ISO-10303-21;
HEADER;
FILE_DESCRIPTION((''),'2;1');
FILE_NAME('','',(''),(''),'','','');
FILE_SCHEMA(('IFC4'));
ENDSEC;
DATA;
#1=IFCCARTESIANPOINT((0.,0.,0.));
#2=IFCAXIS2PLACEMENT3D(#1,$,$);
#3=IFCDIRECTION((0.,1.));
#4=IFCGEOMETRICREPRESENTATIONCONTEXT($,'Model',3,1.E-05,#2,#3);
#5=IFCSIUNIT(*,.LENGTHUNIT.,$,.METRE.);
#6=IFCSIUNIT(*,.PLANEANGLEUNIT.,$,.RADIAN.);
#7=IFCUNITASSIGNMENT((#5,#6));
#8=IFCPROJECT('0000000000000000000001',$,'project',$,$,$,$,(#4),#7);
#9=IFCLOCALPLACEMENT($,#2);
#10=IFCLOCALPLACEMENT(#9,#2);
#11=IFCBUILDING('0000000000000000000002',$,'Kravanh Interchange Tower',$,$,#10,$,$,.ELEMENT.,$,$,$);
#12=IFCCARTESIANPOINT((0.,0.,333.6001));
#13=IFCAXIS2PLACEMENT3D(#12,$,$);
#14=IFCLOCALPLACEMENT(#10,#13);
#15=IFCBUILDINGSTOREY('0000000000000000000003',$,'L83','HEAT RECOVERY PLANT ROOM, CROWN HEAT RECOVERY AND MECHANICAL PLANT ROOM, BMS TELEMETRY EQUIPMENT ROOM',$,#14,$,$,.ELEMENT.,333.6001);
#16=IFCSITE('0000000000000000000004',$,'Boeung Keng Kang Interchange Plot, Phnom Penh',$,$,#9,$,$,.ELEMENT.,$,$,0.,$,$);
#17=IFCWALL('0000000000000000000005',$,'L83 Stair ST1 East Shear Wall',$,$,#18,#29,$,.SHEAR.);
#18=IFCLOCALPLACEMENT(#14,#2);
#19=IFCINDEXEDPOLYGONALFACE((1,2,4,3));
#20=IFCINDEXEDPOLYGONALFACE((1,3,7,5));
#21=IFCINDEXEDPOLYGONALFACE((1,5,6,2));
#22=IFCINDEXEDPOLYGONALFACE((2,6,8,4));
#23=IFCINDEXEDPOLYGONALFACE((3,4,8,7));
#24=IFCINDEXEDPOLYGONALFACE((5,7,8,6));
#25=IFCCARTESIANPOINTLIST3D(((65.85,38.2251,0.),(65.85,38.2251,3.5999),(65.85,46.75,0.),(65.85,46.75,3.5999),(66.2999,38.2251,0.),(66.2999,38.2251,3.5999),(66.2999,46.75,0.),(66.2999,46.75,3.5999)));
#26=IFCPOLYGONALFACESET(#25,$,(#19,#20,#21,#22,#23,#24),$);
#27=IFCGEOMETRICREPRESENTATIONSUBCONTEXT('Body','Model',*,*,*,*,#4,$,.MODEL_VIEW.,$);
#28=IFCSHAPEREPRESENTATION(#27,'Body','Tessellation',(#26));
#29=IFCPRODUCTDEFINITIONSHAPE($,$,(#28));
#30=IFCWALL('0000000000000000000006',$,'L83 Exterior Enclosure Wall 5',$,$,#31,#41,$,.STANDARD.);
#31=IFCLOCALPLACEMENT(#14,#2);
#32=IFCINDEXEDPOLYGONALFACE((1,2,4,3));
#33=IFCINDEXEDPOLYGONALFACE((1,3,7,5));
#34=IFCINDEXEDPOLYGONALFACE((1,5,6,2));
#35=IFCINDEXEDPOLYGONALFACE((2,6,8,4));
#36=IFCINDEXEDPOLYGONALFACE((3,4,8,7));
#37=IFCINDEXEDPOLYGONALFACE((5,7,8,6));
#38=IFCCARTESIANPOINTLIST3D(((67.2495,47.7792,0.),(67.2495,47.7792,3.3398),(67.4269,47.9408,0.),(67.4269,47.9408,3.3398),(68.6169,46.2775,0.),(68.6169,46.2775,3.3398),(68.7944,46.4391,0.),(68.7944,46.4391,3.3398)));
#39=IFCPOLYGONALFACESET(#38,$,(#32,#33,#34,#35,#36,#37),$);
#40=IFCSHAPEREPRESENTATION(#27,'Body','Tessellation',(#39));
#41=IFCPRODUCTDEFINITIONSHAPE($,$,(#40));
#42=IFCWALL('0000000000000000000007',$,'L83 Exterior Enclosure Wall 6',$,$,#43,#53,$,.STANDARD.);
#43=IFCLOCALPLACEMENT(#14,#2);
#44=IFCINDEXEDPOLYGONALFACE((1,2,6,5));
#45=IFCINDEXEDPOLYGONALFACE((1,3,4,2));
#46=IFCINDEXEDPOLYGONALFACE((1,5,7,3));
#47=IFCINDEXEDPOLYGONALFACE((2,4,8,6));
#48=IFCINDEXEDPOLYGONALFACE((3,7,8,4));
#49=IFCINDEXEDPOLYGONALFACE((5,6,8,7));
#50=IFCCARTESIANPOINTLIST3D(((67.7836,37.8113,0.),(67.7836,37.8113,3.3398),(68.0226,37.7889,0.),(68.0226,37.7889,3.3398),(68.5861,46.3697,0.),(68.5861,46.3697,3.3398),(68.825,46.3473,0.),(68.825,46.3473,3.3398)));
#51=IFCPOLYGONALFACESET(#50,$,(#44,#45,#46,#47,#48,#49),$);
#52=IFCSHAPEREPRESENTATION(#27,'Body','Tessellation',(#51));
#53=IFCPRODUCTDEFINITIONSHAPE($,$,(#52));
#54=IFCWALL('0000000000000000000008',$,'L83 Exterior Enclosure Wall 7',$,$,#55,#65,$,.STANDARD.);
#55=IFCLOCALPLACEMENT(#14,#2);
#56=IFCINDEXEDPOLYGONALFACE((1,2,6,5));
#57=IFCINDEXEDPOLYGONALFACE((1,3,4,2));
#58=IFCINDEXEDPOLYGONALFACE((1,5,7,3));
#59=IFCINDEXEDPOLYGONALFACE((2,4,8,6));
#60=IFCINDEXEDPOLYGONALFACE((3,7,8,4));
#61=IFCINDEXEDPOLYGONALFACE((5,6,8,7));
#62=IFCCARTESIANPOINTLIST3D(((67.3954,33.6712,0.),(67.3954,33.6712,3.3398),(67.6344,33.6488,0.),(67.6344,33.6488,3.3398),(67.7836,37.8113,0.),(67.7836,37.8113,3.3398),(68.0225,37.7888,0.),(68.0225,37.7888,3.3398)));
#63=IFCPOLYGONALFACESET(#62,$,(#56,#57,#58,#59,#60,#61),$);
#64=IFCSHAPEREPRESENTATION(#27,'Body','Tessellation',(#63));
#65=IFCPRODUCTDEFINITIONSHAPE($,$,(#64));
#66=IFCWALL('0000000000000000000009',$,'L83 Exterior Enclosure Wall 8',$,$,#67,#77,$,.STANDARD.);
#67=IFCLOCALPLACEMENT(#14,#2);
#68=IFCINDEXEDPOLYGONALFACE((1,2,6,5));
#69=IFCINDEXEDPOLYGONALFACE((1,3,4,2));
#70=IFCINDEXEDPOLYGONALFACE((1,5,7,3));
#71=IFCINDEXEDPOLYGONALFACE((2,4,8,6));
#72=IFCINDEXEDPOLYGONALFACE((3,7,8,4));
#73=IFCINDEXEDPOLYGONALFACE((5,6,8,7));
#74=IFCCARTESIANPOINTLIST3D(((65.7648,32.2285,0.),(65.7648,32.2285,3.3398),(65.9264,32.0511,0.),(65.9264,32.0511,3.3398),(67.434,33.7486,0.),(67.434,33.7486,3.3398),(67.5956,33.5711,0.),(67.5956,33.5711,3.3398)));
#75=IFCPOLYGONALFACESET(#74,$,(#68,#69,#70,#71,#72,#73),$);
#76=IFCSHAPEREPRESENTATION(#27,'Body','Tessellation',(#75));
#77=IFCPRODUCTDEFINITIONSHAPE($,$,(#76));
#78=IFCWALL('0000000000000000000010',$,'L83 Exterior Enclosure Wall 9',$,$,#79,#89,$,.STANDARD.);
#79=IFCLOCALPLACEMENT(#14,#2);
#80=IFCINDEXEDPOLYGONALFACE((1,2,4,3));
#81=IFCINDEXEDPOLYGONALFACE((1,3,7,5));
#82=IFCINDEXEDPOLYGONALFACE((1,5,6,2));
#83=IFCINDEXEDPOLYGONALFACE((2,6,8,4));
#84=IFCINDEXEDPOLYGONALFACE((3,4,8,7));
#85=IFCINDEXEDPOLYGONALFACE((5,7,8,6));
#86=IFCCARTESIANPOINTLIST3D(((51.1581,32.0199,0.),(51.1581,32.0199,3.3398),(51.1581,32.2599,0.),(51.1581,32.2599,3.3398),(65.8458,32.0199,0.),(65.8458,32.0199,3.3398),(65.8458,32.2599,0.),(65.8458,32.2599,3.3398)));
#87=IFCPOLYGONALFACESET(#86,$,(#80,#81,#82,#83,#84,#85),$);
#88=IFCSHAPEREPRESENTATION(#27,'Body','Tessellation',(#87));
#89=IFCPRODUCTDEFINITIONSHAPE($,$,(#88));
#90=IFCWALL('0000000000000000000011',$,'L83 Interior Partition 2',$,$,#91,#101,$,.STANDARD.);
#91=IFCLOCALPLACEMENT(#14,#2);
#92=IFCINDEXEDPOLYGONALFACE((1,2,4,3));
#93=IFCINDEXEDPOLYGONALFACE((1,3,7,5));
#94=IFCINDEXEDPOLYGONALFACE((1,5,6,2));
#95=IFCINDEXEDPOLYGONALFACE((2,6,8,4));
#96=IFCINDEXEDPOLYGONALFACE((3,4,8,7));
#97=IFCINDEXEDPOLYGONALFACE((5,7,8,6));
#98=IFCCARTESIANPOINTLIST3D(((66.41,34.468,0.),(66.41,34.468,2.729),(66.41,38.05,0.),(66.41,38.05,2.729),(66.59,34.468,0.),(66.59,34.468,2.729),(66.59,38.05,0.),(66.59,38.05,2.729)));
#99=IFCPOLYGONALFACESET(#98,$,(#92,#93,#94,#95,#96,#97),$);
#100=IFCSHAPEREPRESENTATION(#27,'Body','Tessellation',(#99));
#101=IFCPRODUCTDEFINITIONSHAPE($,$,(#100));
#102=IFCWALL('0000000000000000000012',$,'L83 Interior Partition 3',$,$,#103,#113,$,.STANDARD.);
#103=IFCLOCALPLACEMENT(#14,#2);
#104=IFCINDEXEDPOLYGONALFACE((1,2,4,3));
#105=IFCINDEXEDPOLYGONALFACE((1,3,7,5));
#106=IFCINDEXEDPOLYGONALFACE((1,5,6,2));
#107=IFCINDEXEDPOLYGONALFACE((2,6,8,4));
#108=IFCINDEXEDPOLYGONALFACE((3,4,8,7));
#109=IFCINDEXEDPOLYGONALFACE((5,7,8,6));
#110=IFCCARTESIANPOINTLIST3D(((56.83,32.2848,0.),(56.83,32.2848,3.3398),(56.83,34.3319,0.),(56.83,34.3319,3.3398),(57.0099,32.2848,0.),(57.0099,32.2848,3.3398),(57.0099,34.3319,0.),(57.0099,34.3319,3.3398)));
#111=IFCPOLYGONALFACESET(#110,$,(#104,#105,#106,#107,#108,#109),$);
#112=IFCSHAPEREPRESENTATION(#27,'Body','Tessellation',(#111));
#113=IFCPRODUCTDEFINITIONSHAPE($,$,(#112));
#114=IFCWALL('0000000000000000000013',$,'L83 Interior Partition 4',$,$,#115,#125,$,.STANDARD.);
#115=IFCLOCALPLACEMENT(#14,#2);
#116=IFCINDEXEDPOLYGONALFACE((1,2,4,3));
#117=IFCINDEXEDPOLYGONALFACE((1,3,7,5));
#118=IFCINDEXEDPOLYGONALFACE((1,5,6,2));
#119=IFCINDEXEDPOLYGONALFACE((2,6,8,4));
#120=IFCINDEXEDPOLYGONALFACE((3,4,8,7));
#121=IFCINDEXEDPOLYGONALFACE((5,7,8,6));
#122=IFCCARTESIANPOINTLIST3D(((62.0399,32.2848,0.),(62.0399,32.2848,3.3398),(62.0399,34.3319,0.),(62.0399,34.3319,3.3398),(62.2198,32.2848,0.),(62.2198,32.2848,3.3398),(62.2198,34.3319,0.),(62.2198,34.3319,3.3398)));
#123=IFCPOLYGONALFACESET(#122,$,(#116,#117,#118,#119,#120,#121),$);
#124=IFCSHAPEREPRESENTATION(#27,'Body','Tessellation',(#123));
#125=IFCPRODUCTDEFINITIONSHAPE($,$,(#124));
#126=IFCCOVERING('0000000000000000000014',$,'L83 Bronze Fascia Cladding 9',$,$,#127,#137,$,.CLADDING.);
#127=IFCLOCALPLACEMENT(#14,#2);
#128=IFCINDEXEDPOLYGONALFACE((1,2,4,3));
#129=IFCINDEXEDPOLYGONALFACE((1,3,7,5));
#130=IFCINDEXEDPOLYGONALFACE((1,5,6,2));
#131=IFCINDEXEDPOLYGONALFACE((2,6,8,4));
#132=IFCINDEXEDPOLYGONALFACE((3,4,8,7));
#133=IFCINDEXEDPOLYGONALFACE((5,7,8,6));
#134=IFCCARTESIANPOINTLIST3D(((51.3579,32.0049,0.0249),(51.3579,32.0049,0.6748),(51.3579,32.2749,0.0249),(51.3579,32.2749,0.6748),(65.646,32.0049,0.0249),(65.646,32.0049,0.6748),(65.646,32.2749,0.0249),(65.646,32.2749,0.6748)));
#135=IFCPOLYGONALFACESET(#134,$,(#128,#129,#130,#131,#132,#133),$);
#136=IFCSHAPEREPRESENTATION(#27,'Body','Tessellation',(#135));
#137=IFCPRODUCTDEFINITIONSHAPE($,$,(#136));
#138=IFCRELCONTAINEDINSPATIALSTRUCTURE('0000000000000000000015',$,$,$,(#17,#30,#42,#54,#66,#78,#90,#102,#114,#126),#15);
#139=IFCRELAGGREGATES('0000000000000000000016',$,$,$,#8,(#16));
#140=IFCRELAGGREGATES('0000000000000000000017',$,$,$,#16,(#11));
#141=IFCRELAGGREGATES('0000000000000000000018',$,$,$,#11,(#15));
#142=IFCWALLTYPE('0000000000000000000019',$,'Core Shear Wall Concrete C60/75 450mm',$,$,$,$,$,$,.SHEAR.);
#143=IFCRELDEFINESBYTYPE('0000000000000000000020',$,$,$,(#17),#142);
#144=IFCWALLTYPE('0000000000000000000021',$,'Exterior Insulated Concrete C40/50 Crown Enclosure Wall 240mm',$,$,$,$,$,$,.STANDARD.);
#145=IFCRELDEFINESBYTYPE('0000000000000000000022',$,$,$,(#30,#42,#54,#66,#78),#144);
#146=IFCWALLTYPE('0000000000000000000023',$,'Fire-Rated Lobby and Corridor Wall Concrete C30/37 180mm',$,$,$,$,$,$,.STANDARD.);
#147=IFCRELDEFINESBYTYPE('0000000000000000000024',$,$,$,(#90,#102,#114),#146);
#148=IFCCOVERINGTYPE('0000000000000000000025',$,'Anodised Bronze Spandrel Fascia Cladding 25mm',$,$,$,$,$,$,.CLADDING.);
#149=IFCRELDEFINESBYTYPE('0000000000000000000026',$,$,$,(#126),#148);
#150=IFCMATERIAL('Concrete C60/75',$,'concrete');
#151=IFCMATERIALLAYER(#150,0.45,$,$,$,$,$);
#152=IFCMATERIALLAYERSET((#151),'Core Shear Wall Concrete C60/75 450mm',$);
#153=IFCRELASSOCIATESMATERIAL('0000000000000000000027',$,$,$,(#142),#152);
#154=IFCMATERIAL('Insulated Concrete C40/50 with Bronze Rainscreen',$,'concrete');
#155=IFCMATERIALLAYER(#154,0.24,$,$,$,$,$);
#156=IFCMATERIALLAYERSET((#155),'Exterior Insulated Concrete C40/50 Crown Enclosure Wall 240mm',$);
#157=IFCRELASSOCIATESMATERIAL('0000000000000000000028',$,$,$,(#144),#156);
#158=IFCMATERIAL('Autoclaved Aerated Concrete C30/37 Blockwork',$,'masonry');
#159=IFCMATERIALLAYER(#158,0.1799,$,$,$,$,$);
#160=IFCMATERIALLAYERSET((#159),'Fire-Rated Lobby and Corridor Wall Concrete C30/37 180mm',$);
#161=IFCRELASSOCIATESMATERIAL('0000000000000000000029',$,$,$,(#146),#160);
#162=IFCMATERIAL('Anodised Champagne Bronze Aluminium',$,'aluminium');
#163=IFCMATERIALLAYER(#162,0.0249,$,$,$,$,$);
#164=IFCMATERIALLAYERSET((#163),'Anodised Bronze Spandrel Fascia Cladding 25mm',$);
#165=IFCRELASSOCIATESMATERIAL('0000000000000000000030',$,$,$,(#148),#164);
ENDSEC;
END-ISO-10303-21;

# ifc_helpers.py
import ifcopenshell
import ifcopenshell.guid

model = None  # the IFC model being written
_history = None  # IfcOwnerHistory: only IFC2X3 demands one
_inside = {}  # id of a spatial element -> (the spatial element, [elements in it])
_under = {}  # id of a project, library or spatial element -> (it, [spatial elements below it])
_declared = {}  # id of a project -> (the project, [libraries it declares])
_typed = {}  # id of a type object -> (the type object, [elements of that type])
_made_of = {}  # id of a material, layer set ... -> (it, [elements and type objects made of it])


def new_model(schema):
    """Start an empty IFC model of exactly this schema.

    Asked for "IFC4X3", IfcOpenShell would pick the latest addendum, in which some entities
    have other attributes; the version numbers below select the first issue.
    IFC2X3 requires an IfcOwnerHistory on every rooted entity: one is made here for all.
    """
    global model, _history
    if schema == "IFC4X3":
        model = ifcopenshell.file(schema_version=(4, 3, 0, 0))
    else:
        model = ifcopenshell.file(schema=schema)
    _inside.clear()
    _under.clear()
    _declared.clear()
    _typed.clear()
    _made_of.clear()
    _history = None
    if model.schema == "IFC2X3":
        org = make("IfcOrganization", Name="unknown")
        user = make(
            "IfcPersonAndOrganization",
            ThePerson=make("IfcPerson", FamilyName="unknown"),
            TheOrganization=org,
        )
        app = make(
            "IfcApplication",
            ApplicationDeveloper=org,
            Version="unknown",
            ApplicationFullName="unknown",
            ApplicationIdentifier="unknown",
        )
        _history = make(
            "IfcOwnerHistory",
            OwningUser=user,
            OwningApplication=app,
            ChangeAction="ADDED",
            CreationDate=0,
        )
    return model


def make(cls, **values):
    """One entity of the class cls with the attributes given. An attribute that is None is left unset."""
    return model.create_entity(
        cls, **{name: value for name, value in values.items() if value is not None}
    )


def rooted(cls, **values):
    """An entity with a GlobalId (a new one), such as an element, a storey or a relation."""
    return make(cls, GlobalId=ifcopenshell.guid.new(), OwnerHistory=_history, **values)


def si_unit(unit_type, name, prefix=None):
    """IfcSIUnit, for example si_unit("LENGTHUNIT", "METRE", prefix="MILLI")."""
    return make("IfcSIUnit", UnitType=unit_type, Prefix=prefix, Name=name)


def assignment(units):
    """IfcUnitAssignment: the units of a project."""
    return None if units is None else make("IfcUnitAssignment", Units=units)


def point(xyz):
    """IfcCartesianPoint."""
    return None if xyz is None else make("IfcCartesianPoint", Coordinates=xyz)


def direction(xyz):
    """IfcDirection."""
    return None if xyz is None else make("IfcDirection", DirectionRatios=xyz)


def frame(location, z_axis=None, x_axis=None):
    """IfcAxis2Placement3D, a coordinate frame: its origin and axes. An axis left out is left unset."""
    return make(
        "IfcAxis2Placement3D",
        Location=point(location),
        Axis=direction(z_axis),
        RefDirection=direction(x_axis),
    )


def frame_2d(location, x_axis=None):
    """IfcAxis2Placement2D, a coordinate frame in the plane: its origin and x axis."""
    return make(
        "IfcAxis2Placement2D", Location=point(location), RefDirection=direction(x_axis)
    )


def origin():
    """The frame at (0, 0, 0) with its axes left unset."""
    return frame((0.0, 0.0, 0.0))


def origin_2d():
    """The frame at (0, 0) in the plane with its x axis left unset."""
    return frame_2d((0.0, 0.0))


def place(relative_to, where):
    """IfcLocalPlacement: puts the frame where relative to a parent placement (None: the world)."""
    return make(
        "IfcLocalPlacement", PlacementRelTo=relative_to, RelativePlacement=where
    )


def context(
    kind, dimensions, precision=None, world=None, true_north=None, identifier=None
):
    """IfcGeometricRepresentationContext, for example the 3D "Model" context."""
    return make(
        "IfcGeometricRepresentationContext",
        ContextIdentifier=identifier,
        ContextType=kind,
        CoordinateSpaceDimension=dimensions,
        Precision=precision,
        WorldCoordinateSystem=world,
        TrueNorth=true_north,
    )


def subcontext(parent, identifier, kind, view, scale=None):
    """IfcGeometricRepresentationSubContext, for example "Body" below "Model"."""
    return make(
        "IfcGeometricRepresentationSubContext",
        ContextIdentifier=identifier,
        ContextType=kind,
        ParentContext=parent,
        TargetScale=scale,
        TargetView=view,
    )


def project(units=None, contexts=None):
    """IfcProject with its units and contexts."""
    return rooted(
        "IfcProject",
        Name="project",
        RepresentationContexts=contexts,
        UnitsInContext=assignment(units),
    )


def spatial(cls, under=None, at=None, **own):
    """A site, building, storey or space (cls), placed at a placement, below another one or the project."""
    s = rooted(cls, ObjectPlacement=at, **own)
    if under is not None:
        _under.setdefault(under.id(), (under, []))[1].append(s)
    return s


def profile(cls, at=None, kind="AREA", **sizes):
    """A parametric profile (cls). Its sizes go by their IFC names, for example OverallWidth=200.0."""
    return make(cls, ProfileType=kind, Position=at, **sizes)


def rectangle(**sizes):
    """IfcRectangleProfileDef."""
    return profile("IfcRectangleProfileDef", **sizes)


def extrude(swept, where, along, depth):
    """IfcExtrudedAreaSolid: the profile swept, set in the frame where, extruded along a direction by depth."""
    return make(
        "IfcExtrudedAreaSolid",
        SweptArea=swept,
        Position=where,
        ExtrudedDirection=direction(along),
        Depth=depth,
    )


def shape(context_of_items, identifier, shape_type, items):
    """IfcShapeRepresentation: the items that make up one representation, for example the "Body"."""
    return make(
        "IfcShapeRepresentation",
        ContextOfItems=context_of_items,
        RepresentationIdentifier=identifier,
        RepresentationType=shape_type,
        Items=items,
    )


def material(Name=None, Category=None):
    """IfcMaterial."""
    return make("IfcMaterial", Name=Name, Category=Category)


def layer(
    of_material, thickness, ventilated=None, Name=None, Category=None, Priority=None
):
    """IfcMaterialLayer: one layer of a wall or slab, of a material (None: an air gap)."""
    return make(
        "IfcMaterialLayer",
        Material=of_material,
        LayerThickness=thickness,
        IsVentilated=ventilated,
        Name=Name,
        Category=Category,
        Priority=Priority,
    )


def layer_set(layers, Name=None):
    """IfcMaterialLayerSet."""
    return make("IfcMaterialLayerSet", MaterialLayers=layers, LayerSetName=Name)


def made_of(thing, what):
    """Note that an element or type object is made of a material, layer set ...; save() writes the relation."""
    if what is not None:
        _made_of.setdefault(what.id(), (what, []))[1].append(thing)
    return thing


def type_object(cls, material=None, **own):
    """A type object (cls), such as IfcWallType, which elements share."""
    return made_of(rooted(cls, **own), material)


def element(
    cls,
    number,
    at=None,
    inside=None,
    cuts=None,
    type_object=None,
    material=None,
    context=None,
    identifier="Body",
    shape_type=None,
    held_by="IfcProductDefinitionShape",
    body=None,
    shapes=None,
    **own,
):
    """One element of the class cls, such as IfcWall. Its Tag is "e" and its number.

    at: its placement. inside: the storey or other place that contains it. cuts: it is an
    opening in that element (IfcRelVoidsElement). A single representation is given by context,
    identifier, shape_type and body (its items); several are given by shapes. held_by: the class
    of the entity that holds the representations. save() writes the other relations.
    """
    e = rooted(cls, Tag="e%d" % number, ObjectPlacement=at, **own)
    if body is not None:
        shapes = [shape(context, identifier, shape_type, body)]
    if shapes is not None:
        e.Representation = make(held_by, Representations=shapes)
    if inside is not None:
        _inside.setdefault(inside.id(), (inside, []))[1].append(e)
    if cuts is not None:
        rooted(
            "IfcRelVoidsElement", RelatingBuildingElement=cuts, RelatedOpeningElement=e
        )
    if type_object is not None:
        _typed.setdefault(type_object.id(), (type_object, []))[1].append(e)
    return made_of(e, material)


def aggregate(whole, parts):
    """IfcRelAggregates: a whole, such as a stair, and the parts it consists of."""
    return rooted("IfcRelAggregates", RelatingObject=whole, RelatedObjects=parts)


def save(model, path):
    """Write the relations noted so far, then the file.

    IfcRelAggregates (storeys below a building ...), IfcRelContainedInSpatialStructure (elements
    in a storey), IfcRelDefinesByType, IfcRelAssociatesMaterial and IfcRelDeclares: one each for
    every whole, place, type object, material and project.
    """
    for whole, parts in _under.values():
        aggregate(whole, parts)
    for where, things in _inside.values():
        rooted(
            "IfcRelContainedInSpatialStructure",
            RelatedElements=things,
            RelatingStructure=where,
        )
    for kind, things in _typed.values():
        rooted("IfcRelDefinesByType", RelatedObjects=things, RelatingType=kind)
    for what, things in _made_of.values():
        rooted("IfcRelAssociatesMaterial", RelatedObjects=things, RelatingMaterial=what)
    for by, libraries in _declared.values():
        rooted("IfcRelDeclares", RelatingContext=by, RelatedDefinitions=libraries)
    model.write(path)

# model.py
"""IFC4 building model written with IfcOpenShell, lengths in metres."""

from ifc_helpers import new_model, si_unit, direction, frame, frame_2d, origin, origin_2d, place, context, subcontext, project, spatial, rectangle, extrude, material, layer, layer_set, type_object, element, save


model = new_model("IFC4")

# Units and contexts
model_context = context("Model", 3, precision=1e-05, world=origin(), true_north=direction((0.0, 1.0)))
body_context = subcontext(model_context, "Body", "Model", "MODEL_VIEW")
ifc_project = project(units=[si_unit("LENGTHUNIT", "METRE"), si_unit("PLANEANGLEUNIT", "RADIAN")], contexts=[model_context])

# Site, building, storey
site_placement = place(None, origin())
site = spatial("IfcSite", under=ifc_project, at=site_placement, Name="Boeung Keng Kang Interchange Plot, Phnom Penh", CompositionType="ELEMENT", RefElevation=0.0)
building_placement = place(site_placement, origin())
building = spatial("IfcBuilding", under=site, at=building_placement, Name="Kravanh Interchange Tower", CompositionType="ELEMENT")
storey_placement = place(building_placement, frame((0.0, 0.0, 333.6001)))
storey = spatial("IfcBuildingStorey", under=building, at=storey_placement, Name="L83", Description="HEAT RECOVERY PLANT ROOM, CROWN HEAT RECOVERY AND MECHANICAL PLANT ROOM, BMS TELEMETRY EQUIPMENT ROOM", CompositionType="ELEMENT", Elevation=333.6001)

# Walls
ifc_material_1 = material(Name="Concrete C60/75", Category="concrete")
ifc_layer_1 = layer(ifc_material_1, 0.45)
ifc_layer_set_1 = layer_set([ifc_layer_1], Name="Core Shear Wall Concrete C60/75 450mm")
wall_type_1 = type_object("IfcWallType", Name="Core Shear Wall Concrete C60/75 450mm", PredefinedType="SHEAR", material=ifc_layer_set_1)
wall_1_placement = place(storey_placement, frame((66.075, 38.2251, 0.0), z_axis=(0.0, 0.0, 1.0), x_axis=(0.0, 1.0, 0.0)))
element("IfcWall", 1, at=wall_1_placement, inside=storey, type_object=wall_type_1, Name="L83 Stair ST1 East Shear Wall", PredefinedType="SHEAR", context=body_context, shape_type="SweptSolid", body=[
    extrude(rectangle(XDim=8.5249, YDim=0.45, at=frame_2d((4.2625, 0.0))), origin(), (0.0, 0.0, 1.0), 3.5999),
])
ifc_material_2 = material(Name="Insulated Concrete C40/50 with Bronze Rainscreen", Category="concrete")
ifc_layer_2 = layer(ifc_material_2, 0.24)
ifc_layer_set_2 = layer_set([ifc_layer_2], Name="Exterior Insulated Concrete C40/50 Crown Enclosure Wall 240mm")
wall_type_2 = type_object("IfcWallType", Name="Exterior Insulated Concrete C40/50 Crown Enclosure Wall 240mm", PredefinedType="STANDARD", material=ifc_layer_set_2)
wall_2_placement = place(storey_placement, frame((67.3381, 47.8601, 0.0), z_axis=(0.0, 0.0, 1.0), x_axis=(0.673277, -0.73939, 0.0)))
element("IfcWall", 2, at=wall_2_placement, inside=storey, type_object=wall_type_2, Name="L83 Exterior Enclosure Wall 5", PredefinedType="STANDARD", context=body_context, shape_type="SweptSolid", body=[
    extrude(rectangle(XDim=2.031, YDim=0.24, at=frame_2d((1.0156, 0.0))), origin(), (0.0, 0.0, 1.0), 3.3398),
])
wall_3_placement = place(storey_placement, frame((68.7056, 46.3584, 0.0), z_axis=(0.0, 0.0, 1.0), x_axis=(-0.093357, -0.995633, 0.0)))
element("IfcWall", 3, at=wall_3_placement, inside=storey, type_object=wall_type_2, Name="L83 Exterior Enclosure Wall 6", PredefinedType="STANDARD", context=body_context, shape_type="SweptSolid", body=[
    extrude(rectangle(XDim=8.5959, YDim=0.24, at=frame_2d((4.2979, 0.0))), origin(), (0.0, 0.0, 1.0), 3.3398),
])
wall_4_placement = place(storey_placement, frame((67.9031, 37.8, 0.0), z_axis=(0.0, 0.0, 1.0), x_axis=(-0.093352, -0.995633, 0.0)))
element("IfcWall", 4, at=wall_4_placement, inside=storey, type_object=wall_type_2, Name="L83 Exterior Enclosure Wall 7", PredefinedType="STANDARD", context=body_context, shape_type="SweptSolid", body=[
    extrude(rectangle(XDim=4.1582, YDim=0.24, at=frame_2d((2.0791, 0.0))), origin(), (0.0, 0.0, 1.0), 3.3398),
])
wall_5_placement = place(storey_placement, frame((67.5149, 33.6599, 0.0), z_axis=(0.0, 0.0, 1.0), x_axis=(-0.739372, -0.673297, 0.0)))
element("IfcWall", 5, at=wall_5_placement, inside=storey, type_object=wall_type_2, Name="L83 Exterior Enclosure Wall 8", PredefinedType="STANDARD", context=body_context, shape_type="SweptSolid", body=[
    extrude(rectangle(XDim=2.2576, YDim=0.24, at=frame_2d((1.1289, 0.0))), origin(), (0.0, 0.0, 1.0), 3.3398),
])
wall_6_placement = place(storey_placement, frame((65.8457, 32.1399, 0.0), z_axis=(0.0, 0.0, 1.0), x_axis=(-1.0, 0.0, 0.0)))
element("IfcWall", 6, at=wall_6_placement, inside=storey, type_object=wall_type_2, Name="L83 Exterior Enclosure Wall 9", PredefinedType="STANDARD", context=body_context, shape_type="SweptSolid", body=[
    extrude(rectangle(XDim=14.6877, YDim=0.24, at=frame_2d((7.3438, 0.0))), origin(), (0.0, 0.0, 1.0), 3.3398),
])
ifc_material_3 = material(Name="Autoclaved Aerated Concrete C30/37 Blockwork", Category="masonry")
ifc_layer_3 = layer(ifc_material_3, 0.1799)
ifc_layer_set_3 = layer_set([ifc_layer_3], Name="Fire-Rated Lobby and Corridor Wall Concrete C30/37 180mm")
wall_type_3 = type_object("IfcWallType", Name="Fire-Rated Lobby and Corridor Wall Concrete C30/37 180mm", PredefinedType="STANDARD", material=ifc_layer_set_3)
wall_7_placement = place(storey_placement, frame((66.5, 34.468, 0.0), z_axis=(0.0, 0.0, 1.0), x_axis=(0.0, 1.0, 0.0)))
element("IfcWall", 7, at=wall_7_placement, inside=storey, type_object=wall_type_3, Name="L83 Interior Partition 2", PredefinedType="STANDARD", context=body_context, shape_type="SweptSolid", body=[
    extrude(rectangle(XDim=3.582, YDim=0.1799, at=frame_2d((1.791, 0.0))), origin(), (0.0, 0.0, 1.0), 2.729),
])
for number, where, z_axis, x_axis, name in (
    (8, (56.9199, 32.2849, 0.0), (0.0, 0.0, 1.0), (0.0, 1.0, 0.0), "L83 Interior Partition 3"),
    (9, (62.1299, 32.2849, 0.0), (0.0, 0.0, 1.0), (0.0, 1.0, 0.0), "L83 Interior Partition 4"),
):
    element("IfcWall", number, at=place(storey_placement, frame(where, z_axis=z_axis, x_axis=x_axis)), inside=storey, type_object=wall_type_3, Name=name, PredefinedType="STANDARD", context=body_context, shape_type="SweptSolid", body=[
        extrude(rectangle(XDim=2.0471, YDim=0.1799, at=frame_2d((1.0234, 0.0))), origin(), (0.0, 0.0, 1.0), 3.3398),
    ])

# Covering
ifc_material_4 = material(Name="Anodised Champagne Bronze Aluminium", Category="aluminium")
ifc_layer_4 = layer(ifc_material_4, 0.0249)
ifc_layer_set_4 = layer_set([ifc_layer_4], Name="Anodised Bronze Spandrel Fascia Cladding 25mm")
covering_type = type_object("IfcCoveringType", Name="Anodised Bronze Spandrel Fascia Cladding 25mm", PredefinedType="CLADDING", material=ifc_layer_set_4)
covering_placement = place(storey_placement, frame((58.502, 32.1399, 0.0249), z_axis=(0.0, 0.0, 1.0), x_axis=(-1.0, 0.0, 0.0)))
element("IfcCovering", 10, at=covering_placement, inside=storey, type_object=covering_type, Name="L83 Bronze Fascia Cladding 9", PredefinedType="CLADDING", context=body_context, shape_type="SweptSolid", body=[
    extrude(rectangle(XDim=14.2881, YDim=0.27, at=origin_2d()), origin(), (0.0, 0.0, 1.0), 0.6499),
])

save(model, "model.ifc")
